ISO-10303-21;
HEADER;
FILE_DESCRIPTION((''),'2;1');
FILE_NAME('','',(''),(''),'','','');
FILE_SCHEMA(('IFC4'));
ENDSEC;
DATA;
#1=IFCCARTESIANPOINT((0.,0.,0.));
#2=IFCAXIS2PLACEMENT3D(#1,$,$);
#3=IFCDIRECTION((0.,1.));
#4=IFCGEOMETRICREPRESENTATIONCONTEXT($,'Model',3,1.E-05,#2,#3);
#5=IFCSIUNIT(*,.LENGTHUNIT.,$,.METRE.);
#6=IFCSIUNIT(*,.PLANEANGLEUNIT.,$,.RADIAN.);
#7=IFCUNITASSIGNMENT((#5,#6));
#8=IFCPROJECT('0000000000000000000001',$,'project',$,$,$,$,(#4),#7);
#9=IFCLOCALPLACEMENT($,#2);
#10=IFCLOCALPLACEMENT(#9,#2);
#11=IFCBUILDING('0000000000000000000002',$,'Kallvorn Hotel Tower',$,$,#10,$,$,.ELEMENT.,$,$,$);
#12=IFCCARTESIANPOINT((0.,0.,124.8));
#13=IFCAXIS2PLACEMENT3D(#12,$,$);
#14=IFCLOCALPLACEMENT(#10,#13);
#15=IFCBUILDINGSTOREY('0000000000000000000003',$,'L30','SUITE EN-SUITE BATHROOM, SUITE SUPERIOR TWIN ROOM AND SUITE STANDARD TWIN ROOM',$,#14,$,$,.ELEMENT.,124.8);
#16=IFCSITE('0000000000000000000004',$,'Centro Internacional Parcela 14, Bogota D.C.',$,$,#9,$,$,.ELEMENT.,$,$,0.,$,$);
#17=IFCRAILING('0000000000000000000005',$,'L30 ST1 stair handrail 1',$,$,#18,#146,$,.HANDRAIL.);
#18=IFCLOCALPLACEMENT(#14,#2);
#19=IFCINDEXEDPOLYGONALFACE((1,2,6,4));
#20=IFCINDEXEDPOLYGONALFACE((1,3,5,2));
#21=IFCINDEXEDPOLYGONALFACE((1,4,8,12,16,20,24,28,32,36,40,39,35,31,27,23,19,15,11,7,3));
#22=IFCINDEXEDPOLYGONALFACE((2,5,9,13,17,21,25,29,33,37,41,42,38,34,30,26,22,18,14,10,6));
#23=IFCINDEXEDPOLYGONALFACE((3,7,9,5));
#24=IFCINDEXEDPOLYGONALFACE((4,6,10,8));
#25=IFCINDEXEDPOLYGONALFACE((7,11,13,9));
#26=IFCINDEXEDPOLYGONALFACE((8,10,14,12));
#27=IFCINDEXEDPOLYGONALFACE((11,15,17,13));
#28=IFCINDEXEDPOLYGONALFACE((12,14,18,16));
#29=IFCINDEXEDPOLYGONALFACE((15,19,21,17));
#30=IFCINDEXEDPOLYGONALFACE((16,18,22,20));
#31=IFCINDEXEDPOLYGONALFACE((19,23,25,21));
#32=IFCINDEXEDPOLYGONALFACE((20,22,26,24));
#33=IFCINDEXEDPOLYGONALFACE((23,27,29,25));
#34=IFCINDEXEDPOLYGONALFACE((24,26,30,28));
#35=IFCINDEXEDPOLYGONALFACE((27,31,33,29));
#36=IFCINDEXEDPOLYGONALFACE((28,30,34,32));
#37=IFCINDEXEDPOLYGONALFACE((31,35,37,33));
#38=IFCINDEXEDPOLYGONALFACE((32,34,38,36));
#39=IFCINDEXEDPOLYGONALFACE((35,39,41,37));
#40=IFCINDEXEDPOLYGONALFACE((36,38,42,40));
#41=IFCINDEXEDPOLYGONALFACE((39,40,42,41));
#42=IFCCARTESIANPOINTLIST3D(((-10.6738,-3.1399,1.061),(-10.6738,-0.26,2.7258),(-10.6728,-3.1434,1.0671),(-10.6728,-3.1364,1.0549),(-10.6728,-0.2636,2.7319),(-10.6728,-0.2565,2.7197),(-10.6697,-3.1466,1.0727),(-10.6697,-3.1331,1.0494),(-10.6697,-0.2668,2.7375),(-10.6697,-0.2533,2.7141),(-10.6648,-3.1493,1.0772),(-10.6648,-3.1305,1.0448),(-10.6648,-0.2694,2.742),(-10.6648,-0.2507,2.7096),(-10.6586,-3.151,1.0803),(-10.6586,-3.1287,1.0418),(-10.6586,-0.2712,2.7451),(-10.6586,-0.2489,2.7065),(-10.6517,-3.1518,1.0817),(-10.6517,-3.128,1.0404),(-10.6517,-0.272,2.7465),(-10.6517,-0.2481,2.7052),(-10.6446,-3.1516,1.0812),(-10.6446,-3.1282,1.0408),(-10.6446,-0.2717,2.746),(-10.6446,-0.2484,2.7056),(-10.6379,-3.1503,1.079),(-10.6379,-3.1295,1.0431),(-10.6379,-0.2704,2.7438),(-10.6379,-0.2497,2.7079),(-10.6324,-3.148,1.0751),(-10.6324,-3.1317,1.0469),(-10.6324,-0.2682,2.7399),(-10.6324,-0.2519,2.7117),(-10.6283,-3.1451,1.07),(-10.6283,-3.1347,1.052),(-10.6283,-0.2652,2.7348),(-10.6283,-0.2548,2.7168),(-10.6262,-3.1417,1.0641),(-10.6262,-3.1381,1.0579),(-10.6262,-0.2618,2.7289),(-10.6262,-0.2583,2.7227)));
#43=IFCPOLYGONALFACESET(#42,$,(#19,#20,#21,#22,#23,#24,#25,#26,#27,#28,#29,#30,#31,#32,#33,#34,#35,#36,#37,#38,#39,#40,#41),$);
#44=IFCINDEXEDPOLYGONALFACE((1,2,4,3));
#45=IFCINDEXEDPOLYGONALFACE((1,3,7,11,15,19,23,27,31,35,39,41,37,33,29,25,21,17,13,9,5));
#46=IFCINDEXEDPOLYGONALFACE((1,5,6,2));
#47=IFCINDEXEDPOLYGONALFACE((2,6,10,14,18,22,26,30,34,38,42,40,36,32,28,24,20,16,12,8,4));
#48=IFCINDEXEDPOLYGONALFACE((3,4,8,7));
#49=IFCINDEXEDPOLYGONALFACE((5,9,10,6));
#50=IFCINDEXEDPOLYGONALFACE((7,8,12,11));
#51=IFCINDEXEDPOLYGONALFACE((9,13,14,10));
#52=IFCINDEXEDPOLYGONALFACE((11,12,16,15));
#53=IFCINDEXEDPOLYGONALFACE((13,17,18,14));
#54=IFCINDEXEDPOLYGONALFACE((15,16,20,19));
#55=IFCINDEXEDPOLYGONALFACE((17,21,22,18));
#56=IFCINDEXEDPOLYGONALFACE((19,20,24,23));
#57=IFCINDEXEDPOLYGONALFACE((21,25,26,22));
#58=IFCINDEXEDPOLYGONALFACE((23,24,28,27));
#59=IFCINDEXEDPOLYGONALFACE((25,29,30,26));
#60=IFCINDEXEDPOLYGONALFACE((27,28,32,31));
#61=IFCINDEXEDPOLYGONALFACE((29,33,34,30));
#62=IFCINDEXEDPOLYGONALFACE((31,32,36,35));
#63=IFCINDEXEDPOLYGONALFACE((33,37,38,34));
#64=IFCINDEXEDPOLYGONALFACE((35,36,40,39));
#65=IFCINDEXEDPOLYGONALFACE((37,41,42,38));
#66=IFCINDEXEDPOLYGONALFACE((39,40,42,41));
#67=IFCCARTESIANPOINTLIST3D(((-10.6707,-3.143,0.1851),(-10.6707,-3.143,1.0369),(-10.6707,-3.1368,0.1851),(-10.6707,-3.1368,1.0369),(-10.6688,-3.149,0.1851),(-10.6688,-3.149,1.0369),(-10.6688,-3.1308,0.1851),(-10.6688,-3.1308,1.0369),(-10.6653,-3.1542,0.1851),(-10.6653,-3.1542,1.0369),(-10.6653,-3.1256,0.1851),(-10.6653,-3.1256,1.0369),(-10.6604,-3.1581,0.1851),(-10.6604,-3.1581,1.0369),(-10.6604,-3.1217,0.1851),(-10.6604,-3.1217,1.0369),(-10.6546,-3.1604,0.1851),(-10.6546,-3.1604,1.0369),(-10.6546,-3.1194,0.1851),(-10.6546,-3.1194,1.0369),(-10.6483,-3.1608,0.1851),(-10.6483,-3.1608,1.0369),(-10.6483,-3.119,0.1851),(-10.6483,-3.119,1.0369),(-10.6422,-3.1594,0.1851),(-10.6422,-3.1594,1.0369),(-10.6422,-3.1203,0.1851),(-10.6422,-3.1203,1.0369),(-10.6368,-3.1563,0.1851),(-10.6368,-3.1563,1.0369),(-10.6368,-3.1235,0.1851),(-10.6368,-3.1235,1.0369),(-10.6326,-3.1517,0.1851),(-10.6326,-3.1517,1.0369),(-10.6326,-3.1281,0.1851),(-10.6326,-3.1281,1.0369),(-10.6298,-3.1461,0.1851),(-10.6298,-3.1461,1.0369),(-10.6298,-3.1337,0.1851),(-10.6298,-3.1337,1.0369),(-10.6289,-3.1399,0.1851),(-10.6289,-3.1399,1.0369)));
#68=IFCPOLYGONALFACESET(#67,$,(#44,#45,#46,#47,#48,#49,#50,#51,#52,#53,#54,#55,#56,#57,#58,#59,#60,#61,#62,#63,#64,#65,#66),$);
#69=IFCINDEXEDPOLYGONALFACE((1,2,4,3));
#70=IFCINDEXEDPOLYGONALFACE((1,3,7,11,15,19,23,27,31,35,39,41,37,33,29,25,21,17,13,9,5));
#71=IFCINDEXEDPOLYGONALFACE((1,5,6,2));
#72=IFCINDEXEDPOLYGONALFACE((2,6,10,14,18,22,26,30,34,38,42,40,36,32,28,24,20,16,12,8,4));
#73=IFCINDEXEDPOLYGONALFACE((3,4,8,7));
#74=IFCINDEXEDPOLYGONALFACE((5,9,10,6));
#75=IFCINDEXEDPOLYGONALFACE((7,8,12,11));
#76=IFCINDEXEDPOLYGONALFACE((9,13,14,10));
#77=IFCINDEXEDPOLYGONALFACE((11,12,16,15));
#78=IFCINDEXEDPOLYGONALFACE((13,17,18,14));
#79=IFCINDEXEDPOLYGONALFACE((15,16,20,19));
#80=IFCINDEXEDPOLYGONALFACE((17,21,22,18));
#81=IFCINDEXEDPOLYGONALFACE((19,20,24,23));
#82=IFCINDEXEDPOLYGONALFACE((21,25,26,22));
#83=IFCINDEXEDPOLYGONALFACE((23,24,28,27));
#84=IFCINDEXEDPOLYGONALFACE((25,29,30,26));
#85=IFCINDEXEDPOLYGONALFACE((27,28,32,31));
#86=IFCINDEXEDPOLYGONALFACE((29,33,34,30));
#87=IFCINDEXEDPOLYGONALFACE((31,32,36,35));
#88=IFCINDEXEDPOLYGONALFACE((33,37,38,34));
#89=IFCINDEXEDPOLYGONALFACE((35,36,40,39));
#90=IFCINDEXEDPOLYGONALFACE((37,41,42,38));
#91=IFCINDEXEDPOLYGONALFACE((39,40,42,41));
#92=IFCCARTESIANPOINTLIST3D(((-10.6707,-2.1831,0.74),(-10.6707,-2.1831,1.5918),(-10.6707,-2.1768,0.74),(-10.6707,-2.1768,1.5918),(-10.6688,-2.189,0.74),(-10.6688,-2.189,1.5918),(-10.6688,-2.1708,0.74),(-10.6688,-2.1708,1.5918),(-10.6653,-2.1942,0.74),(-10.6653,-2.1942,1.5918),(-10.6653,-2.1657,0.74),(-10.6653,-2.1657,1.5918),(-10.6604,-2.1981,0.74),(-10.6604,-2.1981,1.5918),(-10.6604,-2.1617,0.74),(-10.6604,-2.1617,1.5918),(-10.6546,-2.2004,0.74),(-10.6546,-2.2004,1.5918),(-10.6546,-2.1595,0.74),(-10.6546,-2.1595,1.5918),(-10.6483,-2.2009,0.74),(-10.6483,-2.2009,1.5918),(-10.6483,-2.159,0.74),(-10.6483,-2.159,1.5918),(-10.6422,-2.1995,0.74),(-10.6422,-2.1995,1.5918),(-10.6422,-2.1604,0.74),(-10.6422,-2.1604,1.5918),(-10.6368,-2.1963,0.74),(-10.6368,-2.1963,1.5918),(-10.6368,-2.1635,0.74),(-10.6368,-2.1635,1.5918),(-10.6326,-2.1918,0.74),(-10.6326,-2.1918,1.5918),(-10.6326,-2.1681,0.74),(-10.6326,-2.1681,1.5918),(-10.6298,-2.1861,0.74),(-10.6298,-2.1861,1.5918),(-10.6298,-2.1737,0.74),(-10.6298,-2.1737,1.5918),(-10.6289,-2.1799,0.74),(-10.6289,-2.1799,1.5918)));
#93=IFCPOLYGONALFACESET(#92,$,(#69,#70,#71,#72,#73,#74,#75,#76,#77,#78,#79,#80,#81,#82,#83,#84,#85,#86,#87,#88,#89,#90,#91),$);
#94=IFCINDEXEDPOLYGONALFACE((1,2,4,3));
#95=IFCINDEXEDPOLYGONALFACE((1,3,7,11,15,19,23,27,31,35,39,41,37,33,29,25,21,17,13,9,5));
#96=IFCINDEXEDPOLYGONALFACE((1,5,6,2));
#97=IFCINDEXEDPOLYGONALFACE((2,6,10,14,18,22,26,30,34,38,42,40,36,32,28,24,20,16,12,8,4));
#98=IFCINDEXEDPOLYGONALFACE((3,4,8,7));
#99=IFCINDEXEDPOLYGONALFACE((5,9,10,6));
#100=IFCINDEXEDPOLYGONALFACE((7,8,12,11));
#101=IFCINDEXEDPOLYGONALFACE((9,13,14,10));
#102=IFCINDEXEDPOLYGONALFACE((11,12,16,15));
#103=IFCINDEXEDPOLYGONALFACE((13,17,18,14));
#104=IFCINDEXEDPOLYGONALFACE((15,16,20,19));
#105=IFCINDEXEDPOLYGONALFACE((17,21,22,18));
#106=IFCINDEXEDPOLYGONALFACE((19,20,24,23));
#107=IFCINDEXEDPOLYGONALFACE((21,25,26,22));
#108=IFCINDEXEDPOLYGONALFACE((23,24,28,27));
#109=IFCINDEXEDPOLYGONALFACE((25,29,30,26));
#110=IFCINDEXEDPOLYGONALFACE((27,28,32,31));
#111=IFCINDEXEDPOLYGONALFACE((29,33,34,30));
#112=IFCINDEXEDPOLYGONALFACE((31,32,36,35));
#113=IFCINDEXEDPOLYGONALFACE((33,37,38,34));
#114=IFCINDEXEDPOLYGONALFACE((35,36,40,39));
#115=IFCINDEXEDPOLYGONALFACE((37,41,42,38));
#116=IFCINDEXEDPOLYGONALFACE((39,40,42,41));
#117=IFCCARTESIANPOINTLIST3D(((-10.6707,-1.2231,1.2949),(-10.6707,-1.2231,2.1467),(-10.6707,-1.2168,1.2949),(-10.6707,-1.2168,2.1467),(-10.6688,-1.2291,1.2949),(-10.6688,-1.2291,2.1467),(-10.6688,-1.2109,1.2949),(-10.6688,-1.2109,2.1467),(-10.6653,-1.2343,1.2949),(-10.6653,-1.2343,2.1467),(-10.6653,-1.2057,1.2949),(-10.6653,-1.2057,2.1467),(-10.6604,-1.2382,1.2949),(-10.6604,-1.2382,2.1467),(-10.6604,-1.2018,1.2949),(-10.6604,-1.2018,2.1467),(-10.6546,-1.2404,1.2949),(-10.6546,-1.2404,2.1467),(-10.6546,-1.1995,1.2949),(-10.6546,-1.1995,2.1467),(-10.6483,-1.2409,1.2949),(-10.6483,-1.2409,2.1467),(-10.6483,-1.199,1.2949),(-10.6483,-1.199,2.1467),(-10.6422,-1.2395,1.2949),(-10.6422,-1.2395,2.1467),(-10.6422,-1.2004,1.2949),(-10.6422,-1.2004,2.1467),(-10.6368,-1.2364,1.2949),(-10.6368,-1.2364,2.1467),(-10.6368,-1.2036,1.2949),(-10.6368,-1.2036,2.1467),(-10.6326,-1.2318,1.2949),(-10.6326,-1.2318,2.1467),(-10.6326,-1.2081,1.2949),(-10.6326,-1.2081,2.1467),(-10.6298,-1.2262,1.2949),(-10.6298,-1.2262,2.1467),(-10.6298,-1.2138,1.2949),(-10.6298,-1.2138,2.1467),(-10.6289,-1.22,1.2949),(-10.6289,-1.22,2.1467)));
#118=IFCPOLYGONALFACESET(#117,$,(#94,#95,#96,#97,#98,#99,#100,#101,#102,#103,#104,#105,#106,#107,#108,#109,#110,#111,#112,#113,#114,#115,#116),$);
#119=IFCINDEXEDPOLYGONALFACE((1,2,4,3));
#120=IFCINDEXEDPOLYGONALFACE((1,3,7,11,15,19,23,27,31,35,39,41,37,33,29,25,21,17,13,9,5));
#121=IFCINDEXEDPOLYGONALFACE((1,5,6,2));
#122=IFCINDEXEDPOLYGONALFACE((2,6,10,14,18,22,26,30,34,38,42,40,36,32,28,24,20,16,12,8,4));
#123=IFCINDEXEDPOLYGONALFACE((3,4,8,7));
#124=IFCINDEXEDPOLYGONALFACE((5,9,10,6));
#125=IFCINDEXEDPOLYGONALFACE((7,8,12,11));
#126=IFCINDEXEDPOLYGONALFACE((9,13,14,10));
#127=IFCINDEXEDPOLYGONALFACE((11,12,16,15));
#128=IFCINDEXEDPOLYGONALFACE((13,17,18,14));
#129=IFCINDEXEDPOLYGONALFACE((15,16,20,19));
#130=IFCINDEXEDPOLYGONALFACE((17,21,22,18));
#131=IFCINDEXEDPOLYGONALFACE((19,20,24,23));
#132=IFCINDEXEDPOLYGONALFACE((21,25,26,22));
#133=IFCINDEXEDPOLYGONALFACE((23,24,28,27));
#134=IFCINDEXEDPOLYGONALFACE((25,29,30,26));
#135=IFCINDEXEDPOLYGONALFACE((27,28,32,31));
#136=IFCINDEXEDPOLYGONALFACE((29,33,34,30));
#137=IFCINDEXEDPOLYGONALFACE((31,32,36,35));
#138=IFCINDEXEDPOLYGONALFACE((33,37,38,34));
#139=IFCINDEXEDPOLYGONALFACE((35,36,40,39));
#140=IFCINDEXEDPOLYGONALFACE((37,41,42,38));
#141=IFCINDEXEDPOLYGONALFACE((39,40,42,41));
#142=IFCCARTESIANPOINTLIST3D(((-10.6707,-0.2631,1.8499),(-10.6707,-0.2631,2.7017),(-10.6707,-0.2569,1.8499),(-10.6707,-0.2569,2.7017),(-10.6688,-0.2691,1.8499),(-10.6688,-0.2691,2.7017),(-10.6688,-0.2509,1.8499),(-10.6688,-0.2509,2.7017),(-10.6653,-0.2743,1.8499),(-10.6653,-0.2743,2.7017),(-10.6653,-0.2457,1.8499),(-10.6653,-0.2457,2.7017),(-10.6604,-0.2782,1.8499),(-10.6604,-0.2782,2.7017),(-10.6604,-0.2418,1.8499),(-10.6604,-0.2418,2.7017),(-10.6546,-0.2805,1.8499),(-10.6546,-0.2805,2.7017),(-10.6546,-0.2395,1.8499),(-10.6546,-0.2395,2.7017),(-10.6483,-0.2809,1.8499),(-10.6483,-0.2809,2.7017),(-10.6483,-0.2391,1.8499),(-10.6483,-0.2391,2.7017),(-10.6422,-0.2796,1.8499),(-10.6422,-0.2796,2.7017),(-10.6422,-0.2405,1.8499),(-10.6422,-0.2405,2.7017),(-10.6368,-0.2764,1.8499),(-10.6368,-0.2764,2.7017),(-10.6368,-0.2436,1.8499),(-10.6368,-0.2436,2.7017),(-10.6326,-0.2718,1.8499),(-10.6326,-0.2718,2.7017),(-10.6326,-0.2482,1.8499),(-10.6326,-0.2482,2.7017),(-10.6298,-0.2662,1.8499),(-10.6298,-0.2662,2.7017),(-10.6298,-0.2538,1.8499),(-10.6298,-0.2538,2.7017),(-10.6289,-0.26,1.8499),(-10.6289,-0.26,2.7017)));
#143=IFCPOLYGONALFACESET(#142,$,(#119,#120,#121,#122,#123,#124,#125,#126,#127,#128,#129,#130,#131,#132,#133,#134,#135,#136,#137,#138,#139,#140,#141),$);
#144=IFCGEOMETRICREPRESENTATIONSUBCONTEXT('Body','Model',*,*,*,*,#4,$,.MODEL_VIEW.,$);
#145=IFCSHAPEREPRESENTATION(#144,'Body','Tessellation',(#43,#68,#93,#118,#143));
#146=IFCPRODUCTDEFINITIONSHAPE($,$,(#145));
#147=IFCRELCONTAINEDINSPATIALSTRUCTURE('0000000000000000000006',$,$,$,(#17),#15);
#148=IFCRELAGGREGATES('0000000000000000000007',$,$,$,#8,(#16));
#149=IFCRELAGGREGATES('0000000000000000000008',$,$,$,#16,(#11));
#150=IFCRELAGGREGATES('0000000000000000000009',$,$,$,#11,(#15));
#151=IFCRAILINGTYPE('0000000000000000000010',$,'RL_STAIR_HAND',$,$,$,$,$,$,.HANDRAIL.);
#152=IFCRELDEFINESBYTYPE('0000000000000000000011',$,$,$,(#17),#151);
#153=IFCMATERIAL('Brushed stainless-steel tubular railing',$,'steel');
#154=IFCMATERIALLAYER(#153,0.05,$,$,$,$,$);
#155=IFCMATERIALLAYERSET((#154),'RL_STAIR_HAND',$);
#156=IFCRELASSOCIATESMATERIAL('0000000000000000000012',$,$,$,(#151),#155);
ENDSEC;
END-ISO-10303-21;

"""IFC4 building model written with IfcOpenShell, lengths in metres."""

from ifc_helpers import new_model, si_unit, direction, frame, origin, origin_2d, place, context, subcontext, project, spatial, circle, extrude, material, layer, layer_set, type_object, element, save


model = new_model("IFC4")

# Units and contexts
model_context = context("Model", 3, precision=1e-05, world=origin(), true_north=direction((0.0, 1.0)))
body_context = subcontext(model_context, "Body", "Model", "MODEL_VIEW")
ifc_project = project(units=[si_unit("LENGTHUNIT", "METRE"), si_unit("PLANEANGLEUNIT", "RADIAN")], contexts=[model_context])

# Site, building, storey
site_placement = place(None, origin())
site = spatial("IfcSite", under=ifc_project, at=site_placement, Name="Centro Internacional Parcela 14, Bogota D.C.", CompositionType="ELEMENT", RefElevation=0.0)
building_placement = place(site_placement, origin())
building = spatial("IfcBuilding", under=site, at=building_placement, Name="Kallvorn Hotel Tower", CompositionType="ELEMENT")
storey_placement = place(building_placement, frame((0.0, 0.0, 124.8)))
storey = spatial("IfcBuildingStorey", under=building, at=storey_placement, Name="L30", Description="SUITE EN-SUITE BATHROOM, SUITE SUPERIOR TWIN ROOM AND SUITE STANDARD TWIN ROOM", CompositionType="ELEMENT", Elevation=124.8)

# Railing
ifc_material_1 = material(Name="Brushed stainless-steel tubular railing", Category="steel")
ifc_layer_1 = layer(ifc_material_1, 0.05)
ifc_layer_set_1 = layer_set([ifc_layer_1], Name="RL_STAIR_HAND")
railing_type_1 = type_object("IfcRailingType", Name="RL_STAIR_HAND", PredefinedType="HANDRAIL", material=ifc_layer_set_1)
railing_1_placement = place(storey_placement, frame((-10.6499, -3.1399, 0.1851)))
element("IfcRailing", 1, at=railing_1_placement, inside=storey, type_object=railing_type_1, Name="L30 ST1 stair handrail 1", PredefinedType="HANDRAIL", context=body_context, shape_type="SweptSolid", body=[
    extrude(circle(Radius=0.0239, at=origin_2d()), frame((0.0, 0.0, 0.876), z_axis=(0.0, 0.865753, 0.500472), x_axis=(-1.0, 0.0, 0.0)), (0.0, 0.0, 1.0), 3.3264),
    extrude(circle(Radius=0.021, at=origin_2d()), origin(), (0.0, 0.0, 1.0), 0.8518),
    extrude(circle(Radius=0.021, at=origin_2d()), frame((0.0, 0.96, 0.5549)), (0.0, 0.0, 1.0), 0.8518),
    extrude(circle(Radius=0.021, at=origin_2d()), frame((0.0, 1.9199, 1.1099)), (0.0, 0.0, 1.0), 0.8518),
    extrude(circle(Radius=0.021, at=origin_2d()), frame((0.0, 2.8799, 1.6648)), (0.0, 0.0, 1.0), 0.8518),
])

save(model, "model.ifc")
